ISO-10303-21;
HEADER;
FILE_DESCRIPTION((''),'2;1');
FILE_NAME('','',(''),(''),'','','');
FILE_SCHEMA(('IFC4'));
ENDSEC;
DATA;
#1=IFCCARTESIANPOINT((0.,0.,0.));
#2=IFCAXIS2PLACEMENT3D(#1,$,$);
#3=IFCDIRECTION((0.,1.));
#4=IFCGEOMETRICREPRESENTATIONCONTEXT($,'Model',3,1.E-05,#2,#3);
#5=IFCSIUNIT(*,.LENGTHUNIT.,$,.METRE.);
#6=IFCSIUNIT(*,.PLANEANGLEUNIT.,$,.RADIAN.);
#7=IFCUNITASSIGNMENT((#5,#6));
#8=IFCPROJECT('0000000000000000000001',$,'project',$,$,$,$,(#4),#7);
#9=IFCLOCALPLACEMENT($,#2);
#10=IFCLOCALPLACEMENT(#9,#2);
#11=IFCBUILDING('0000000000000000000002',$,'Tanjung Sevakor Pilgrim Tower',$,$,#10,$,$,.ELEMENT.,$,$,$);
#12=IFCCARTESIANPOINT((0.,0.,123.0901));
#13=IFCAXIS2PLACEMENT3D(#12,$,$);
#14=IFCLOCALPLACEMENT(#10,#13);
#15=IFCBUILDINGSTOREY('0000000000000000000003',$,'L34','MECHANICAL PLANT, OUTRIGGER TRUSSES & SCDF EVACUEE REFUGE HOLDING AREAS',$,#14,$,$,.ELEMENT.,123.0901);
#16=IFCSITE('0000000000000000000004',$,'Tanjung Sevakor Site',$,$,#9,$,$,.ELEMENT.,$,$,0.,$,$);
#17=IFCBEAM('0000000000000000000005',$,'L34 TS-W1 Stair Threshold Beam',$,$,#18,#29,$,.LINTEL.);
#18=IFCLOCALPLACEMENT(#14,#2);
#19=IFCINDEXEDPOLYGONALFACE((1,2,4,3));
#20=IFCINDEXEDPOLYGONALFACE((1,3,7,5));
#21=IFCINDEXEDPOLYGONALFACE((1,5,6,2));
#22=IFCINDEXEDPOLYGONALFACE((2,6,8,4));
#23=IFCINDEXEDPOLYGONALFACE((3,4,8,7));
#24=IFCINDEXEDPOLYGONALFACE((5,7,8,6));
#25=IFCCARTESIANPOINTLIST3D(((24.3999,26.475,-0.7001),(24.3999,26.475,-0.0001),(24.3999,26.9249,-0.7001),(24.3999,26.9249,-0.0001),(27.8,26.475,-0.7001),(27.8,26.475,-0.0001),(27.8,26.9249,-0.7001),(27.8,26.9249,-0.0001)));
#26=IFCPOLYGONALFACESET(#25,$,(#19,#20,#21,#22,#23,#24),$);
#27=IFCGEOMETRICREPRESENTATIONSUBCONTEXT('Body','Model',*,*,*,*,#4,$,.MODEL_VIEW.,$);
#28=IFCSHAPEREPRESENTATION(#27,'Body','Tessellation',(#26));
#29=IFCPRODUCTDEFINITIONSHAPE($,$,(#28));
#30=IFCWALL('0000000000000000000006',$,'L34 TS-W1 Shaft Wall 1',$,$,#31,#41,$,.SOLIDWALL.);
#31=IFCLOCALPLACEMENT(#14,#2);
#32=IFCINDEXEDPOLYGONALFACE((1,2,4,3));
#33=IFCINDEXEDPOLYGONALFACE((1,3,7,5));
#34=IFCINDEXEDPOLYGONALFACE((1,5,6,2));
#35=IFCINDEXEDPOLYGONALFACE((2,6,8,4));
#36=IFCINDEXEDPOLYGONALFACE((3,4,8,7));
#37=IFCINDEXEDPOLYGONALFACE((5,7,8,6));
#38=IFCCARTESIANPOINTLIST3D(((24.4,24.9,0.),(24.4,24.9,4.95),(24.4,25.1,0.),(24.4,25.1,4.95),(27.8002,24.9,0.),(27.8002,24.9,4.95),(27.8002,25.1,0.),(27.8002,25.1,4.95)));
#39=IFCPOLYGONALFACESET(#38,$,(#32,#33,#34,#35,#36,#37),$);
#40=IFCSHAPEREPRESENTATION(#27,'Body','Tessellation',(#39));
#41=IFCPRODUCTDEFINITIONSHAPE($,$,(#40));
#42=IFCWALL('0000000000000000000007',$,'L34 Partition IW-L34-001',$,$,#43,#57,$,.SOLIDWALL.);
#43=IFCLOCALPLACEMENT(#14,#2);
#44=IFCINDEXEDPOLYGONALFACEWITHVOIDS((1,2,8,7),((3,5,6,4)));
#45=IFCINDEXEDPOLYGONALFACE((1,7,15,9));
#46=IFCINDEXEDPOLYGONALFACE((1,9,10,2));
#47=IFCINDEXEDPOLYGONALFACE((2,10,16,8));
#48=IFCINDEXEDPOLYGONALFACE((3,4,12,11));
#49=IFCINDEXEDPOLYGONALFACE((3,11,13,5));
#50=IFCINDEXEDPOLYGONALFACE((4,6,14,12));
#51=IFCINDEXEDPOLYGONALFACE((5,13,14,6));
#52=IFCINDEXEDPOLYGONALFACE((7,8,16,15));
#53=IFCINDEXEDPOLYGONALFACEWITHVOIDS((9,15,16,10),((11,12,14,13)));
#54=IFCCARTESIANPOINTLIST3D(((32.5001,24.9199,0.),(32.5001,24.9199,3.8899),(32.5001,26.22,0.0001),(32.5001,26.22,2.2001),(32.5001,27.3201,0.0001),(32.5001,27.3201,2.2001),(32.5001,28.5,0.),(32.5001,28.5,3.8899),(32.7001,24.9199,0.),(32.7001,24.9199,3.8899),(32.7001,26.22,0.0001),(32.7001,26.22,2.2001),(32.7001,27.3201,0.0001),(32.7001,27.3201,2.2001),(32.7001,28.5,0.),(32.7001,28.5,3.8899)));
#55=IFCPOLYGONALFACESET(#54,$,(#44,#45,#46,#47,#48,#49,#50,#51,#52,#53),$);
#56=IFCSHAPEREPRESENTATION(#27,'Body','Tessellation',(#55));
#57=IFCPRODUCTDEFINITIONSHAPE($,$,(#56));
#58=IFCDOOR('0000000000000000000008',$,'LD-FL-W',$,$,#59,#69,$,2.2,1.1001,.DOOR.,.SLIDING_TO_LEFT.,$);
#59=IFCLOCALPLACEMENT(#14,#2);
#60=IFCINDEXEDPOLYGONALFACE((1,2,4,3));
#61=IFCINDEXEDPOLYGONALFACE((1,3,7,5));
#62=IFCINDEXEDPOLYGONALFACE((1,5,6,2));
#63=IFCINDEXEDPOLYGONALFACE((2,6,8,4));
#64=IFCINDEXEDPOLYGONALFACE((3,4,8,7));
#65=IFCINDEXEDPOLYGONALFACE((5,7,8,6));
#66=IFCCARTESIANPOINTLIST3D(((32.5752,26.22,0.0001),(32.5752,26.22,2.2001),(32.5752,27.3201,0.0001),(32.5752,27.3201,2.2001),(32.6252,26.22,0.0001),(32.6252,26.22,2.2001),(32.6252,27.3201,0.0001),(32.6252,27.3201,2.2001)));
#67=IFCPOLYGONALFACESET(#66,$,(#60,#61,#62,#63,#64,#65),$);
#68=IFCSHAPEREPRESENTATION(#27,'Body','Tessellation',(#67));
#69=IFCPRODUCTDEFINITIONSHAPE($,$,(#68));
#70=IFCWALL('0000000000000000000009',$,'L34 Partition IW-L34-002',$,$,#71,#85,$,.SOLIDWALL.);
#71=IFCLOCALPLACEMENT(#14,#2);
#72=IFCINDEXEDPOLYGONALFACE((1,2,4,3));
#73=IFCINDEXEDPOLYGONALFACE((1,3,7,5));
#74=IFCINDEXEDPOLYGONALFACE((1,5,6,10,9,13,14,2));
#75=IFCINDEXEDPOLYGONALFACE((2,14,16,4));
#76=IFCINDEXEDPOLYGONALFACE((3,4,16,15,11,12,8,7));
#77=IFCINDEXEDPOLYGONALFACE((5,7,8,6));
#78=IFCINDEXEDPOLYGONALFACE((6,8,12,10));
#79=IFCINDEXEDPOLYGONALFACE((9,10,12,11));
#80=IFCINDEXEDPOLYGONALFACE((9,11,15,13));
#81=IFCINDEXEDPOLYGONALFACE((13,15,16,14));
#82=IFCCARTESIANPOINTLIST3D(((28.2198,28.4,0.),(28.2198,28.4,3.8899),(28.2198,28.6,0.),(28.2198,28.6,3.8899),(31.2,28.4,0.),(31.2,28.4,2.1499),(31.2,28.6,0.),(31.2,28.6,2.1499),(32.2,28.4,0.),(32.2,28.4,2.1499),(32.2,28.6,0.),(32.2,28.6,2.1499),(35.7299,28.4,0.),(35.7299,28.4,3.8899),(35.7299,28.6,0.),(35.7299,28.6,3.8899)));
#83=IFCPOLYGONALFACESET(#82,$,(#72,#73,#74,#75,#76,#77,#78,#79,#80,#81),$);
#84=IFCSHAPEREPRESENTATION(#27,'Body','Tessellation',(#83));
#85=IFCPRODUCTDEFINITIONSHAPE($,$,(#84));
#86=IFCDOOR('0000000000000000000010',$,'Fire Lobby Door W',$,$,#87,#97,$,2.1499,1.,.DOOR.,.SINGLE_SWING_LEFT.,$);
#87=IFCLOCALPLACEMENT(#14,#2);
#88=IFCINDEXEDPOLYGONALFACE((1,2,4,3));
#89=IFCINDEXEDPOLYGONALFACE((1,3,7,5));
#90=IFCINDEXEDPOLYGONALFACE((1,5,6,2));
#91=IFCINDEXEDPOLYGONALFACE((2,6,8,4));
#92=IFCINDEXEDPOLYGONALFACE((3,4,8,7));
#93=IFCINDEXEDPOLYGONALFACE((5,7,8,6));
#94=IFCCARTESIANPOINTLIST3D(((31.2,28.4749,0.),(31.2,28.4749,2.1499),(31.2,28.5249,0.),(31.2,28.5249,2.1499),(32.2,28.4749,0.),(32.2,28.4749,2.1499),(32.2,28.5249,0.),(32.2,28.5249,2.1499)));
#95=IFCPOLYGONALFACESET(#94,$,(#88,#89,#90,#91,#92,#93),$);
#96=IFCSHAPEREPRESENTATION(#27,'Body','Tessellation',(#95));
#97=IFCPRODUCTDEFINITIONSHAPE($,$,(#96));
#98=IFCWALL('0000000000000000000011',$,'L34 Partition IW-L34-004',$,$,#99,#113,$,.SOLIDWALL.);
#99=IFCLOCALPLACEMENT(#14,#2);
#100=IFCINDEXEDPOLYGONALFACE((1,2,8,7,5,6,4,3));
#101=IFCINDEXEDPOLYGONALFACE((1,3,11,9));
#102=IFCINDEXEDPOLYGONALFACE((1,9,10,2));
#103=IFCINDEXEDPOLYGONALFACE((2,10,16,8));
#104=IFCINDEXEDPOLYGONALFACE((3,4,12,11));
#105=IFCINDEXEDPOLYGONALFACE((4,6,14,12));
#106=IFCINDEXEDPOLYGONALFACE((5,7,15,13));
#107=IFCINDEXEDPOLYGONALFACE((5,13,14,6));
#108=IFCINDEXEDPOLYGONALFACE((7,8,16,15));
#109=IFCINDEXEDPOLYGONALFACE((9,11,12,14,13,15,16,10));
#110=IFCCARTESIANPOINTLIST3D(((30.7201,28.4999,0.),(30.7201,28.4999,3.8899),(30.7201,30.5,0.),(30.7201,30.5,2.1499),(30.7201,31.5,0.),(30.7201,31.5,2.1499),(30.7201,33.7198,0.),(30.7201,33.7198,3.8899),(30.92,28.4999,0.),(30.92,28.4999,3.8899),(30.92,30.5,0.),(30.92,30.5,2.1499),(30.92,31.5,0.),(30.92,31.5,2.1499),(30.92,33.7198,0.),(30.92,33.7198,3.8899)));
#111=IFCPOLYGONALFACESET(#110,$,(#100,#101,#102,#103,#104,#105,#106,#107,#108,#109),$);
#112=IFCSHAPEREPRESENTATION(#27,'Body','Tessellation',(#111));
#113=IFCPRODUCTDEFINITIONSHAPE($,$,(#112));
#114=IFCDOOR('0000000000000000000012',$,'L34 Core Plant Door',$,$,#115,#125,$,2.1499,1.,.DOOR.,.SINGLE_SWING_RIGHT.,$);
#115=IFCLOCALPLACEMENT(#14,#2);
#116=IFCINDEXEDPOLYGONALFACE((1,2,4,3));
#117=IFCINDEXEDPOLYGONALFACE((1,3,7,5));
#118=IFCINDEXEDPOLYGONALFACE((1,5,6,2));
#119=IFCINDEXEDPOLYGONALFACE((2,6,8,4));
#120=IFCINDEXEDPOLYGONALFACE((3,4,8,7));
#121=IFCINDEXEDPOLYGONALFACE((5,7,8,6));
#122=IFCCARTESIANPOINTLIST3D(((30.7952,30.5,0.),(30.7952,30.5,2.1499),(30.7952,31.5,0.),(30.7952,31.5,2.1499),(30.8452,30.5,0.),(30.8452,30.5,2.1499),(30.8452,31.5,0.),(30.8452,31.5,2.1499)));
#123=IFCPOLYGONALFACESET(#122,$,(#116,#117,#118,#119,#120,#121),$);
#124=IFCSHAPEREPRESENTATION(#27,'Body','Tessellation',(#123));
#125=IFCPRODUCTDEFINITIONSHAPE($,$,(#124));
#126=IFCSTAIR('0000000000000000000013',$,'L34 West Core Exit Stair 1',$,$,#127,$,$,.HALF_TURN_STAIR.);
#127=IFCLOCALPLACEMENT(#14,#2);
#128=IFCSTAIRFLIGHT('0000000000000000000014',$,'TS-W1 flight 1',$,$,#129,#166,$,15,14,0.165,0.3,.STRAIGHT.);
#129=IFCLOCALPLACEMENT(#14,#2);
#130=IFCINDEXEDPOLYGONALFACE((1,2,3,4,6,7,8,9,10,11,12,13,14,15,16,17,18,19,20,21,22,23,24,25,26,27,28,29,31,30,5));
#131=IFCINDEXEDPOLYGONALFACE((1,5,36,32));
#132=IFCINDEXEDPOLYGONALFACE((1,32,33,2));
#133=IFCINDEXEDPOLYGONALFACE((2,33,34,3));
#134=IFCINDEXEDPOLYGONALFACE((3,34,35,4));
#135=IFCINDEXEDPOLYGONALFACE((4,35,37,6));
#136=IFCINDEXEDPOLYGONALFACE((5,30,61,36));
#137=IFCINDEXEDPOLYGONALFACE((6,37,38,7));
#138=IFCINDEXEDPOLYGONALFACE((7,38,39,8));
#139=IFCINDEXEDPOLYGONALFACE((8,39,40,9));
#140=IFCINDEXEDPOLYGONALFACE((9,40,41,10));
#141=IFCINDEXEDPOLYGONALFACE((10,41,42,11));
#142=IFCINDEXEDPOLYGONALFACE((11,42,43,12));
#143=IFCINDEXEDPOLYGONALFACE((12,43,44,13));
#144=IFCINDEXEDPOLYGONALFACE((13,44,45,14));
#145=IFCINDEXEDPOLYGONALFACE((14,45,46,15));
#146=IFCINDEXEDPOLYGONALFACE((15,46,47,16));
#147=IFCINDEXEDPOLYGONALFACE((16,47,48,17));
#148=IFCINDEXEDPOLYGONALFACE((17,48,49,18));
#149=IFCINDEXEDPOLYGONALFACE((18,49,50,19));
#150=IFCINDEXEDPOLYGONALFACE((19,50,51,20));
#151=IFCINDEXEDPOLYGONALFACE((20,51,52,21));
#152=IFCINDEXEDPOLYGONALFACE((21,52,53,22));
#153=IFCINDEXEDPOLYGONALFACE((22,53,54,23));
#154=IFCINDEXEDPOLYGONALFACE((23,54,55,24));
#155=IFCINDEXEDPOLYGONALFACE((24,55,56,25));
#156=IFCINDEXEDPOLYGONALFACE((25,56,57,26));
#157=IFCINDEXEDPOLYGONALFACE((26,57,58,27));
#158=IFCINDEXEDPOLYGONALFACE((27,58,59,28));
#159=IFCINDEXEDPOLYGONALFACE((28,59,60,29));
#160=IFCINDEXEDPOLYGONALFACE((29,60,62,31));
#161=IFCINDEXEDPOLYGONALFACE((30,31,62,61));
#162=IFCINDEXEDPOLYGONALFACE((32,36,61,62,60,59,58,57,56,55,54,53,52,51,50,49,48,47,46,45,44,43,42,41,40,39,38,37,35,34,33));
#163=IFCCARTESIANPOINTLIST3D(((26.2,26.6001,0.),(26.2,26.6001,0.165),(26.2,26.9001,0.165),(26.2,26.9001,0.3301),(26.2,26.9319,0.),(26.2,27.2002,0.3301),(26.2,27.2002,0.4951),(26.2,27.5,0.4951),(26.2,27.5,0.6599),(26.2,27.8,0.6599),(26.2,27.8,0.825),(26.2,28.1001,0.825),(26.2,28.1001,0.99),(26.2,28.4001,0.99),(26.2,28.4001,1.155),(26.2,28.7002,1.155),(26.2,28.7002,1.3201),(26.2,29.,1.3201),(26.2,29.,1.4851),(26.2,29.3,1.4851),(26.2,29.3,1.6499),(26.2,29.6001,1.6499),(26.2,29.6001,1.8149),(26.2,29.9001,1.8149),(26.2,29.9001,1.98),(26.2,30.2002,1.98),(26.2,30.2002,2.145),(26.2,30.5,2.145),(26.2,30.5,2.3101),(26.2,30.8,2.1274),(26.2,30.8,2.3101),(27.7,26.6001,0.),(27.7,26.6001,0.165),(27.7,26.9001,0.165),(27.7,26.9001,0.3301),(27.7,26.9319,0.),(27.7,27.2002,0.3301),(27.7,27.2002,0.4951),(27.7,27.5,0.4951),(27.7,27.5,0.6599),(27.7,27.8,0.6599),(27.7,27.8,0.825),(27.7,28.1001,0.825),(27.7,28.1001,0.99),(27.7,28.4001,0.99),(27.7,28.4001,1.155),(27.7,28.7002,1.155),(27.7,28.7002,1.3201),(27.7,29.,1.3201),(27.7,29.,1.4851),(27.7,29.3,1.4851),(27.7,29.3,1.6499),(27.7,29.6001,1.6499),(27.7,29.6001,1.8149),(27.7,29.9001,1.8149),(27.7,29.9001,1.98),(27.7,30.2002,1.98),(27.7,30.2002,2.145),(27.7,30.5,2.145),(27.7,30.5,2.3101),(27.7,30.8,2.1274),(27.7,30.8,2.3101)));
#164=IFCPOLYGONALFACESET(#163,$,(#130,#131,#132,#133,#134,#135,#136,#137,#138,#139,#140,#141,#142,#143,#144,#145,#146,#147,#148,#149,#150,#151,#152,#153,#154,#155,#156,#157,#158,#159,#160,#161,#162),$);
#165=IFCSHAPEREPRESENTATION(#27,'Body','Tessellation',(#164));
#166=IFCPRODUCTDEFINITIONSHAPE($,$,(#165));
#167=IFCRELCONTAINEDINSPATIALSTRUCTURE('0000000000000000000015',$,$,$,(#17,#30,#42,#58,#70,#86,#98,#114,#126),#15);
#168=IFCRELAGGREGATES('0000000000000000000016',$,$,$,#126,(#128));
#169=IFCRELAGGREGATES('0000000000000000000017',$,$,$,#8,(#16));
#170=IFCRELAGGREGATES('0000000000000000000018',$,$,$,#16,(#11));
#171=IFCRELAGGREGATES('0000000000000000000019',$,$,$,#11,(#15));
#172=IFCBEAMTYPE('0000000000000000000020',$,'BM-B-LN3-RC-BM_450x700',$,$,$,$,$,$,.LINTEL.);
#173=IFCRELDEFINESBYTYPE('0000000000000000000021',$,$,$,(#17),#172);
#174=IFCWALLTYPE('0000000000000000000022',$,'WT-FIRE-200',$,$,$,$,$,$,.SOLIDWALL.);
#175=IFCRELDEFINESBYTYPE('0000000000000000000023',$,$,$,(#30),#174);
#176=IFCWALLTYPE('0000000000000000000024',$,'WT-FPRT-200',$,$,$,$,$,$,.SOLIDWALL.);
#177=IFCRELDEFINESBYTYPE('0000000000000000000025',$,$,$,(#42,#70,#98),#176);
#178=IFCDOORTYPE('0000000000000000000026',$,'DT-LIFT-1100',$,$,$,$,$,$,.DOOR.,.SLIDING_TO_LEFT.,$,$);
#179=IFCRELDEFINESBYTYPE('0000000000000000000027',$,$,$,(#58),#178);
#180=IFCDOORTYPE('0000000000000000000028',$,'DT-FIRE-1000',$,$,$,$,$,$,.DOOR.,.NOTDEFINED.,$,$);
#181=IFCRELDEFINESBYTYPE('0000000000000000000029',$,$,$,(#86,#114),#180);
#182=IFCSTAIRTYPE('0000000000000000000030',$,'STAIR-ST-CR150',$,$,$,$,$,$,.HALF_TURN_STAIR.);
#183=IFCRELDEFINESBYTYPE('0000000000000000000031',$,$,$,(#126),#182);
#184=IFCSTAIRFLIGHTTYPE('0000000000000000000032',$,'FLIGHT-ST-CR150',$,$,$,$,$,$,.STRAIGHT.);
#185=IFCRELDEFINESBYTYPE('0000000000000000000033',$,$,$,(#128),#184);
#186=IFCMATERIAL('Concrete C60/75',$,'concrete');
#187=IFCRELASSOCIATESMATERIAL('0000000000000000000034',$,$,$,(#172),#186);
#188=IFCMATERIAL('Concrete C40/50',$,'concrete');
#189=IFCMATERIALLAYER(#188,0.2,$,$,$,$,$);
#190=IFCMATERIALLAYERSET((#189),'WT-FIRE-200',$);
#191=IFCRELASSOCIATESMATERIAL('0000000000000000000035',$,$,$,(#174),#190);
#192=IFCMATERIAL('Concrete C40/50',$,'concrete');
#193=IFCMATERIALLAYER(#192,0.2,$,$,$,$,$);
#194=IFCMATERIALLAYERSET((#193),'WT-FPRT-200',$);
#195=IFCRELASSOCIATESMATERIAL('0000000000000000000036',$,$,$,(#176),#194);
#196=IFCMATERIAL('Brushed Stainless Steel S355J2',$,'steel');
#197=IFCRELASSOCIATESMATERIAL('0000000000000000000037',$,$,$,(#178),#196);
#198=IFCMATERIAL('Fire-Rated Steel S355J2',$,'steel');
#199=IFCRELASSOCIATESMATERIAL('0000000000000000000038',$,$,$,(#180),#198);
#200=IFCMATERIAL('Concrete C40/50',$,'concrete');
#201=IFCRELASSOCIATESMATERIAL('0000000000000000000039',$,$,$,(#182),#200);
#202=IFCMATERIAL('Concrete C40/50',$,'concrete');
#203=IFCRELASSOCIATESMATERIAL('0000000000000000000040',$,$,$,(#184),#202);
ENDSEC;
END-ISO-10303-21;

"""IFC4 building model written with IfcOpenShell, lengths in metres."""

from ifc_helpers import new_model, si_unit, direction, frame, frame_2d, origin, origin_2d, place, context, subcontext, project, spatial, polyline, rectangle, outline, extrude, material, layer, layer_set, material_profile, profile_set, type_object, element, fill, aggregate, save


model = new_model("IFC4")

# Units and contexts
model_context = context("Model", 3, precision=1e-05, world=origin(), true_north=direction((0.0, 1.0)))
body_context = subcontext(model_context, "Body", "Model", "MODEL_VIEW")
ifc_project = project(units=[si_unit("LENGTHUNIT", "METRE"), si_unit("PLANEANGLEUNIT", "RADIAN")], contexts=[model_context])

# Site, building, storey
site_placement = place(None, origin())
site = spatial("IfcSite", under=ifc_project, at=site_placement, Name="Tanjung Sevakor Site", CompositionType="ELEMENT", RefElevation=0.0)
building_placement = place(site_placement, origin())
building = spatial("IfcBuilding", under=site, at=building_placement, Name="Tanjung Sevakor Pilgrim Tower", CompositionType="ELEMENT")
storey_placement = place(building_placement, frame((0.0, 0.0, 123.0901)))
storey = spatial("IfcBuildingStorey", under=building, at=storey_placement, Name="L34", Description="MECHANICAL PLANT, OUTRIGGER TRUSSES & SCDF EVACUEE REFUGE HOLDING AREAS", CompositionType="ELEMENT", Elevation=123.0901)

# Beam
ifc_material_1 = material(Name="Concrete C60/75", Category="concrete")
ifc_material_profile = material_profile(ifc_material_1, rectangle(XDim=0.45, YDim=0.7, at=origin_2d()))
ifc_profile_set = profile_set([ifc_material_profile], Name="Concrete C60/75")
beam_type = type_object("IfcBeamType", Name="BM-B-LN3-RC-BM_450x700", PredefinedType="LINTEL", material=ifc_profile_set)
beam_placement = place(storey_placement, frame((24.3999, 26.7, -0.3501), z_axis=(1.0, 0.0, 0.0), x_axis=(0.0, 1.0, 0.0)))
element("IfcBeam", 1, at=beam_placement, inside=storey, type_object=beam_type, Name="L34 TS-W1 Stair Threshold Beam", PredefinedType="LINTEL", context=body_context, shape_type="SweptSolid", body=[
    extrude(rectangle(XDim=0.45, YDim=0.7, at=origin_2d()), origin(), (0.0, 0.0, 1.0), 3.4001),
])

# Wall
ifc_material_2 = material(Name="Concrete C40/50", Category="concrete")
ifc_layer_1 = layer(ifc_material_2, 0.2)
ifc_layer_set_1 = layer_set([ifc_layer_1], Name="WT-FIRE-200")
wall_type_1 = type_object("IfcWallType", Name="WT-FIRE-200", PredefinedType="SOLIDWALL", material=ifc_layer_set_1)
wall_1_placement = place(storey_placement, frame((24.3999, 25.0, 0.0), z_axis=(0.0, 0.0, 1.0), x_axis=(1.0, 0.0, 0.0)))
element("IfcWall", 2, at=wall_1_placement, inside=storey, type_object=wall_type_1, Name="L34 TS-W1 Shaft Wall 1", PredefinedType="SOLIDWALL", context=body_context, shape_type="SweptSolid", body=[
    extrude(rectangle(XDim=3.4001, YDim=0.2, at=frame_2d((1.7002, 0.0))), origin(), (0.0, 0.0, 1.0), 4.95),
])

# Walls, openings, doors
ifc_material_3 = material(Name="Concrete C40/50", Category="concrete")
ifc_layer_2 = layer(ifc_material_3, 0.2)
ifc_layer_set_2 = layer_set([ifc_layer_2], Name="WT-FPRT-200")
wall_type_2 = type_object("IfcWallType", Name="WT-FPRT-200", PredefinedType="SOLIDWALL", material=ifc_layer_set_2)
wall_2_placement = place(storey_placement, frame((32.6001, 24.9199, 0.0), z_axis=(0.0, 0.0, 1.0), x_axis=(0.0, 1.0, 0.0)))
wall_2 = element("IfcWall", 3, at=wall_2_placement, inside=storey, type_object=wall_type_2, Name="L34 Partition IW-L34-001", PredefinedType="SOLIDWALL", context=body_context, shape_type="SweptSolid", body=[
    extrude(rectangle(XDim=3.5801, YDim=0.2, at=frame_2d((1.79, 0.0))), origin(), (0.0, 0.0, 1.0), 3.8899),
])
opening_1_placement = place(wall_2_placement, frame((1.3, 0.0, 0.0)))
opening_1 = element("IfcOpeningElement", 4, at=opening_1_placement, cuts=wall_2, PredefinedType="OPENING", context=body_context, shape_type="SweptSolid", body=[
    extrude(rectangle(XDim=1.1001, YDim=2.2, at=frame_2d((0.55, 1.1001))), frame((0.0, 0.1099, 0.0), z_axis=(0.0, -1.0, 0.0), x_axis=(1.0, 0.0, 0.0)), (0.0, 0.0, 1.0), 0.22),
])
ifc_material_4 = material(Name="Brushed Stainless Steel S355J2", Category="steel")
door_type_1 = type_object("IfcDoorType", Name="DT-LIFT-1100", OperationType="SLIDING_TO_LEFT", PredefinedType="DOOR", material=ifc_material_4)
door_1_placement = place(opening_1_placement, origin())
door_1 = element("IfcDoor", 5, at=door_1_placement, inside=storey, type_object=door_type_1, Name="LD-FL-W", OperationType="SLIDING_TO_LEFT", OverallHeight=2.2, OverallWidth=1.1001, PredefinedType="DOOR", context=body_context, shape_type="SweptSolid", body=[
    extrude(rectangle(XDim=1.1001, YDim=2.2, at=frame_2d((0.55, 1.1001))), frame((0.0, 0.0249, 0.0), z_axis=(0.0, -1.0, 0.0), x_axis=(1.0, 0.0, 0.0)), (0.0, 0.0, 1.0), 0.05),
])
fill(opening_1, door_1)
wall_3_placement = place(storey_placement, frame((28.22, 28.5, 0.0), z_axis=(0.0, 0.0, 1.0), x_axis=(1.0, 0.0, 0.0)))
wall_3 = element("IfcWall", 6, at=wall_3_placement, inside=storey, type_object=wall_type_2, Name="L34 Partition IW-L34-002", PredefinedType="SOLIDWALL", context=body_context, shape_type="SweptSolid", body=[
    extrude(rectangle(XDim=7.51, YDim=0.2, at=frame_2d((3.7549, 0.0))), origin(), (0.0, 0.0, 1.0), 3.8899),
])
opening_2_placement = place(wall_3_placement, frame((2.98, 0.0, 0.0)))
opening_2 = element("IfcOpeningElement", 7, at=opening_2_placement, cuts=wall_3, PredefinedType="OPENING", context=body_context, shape_type="SweptSolid", body=[
    extrude(rectangle(XDim=1.0, YDim=2.1499, at=frame_2d((0.5, 1.075))), frame((0.0, 0.1099, 0.0), z_axis=(0.0, -1.0, 0.0), x_axis=(1.0, 0.0, 0.0)), (0.0, 0.0, 1.0), 0.22),
])
ifc_material_5 = material(Name="Fire-Rated Steel S355J2", Category="steel")
door_type_2 = type_object("IfcDoorType", Name="DT-FIRE-1000", OperationType="NOTDEFINED", PredefinedType="DOOR", material=ifc_material_5)
door_2_placement = place(opening_2_placement, origin())
door_2 = element("IfcDoor", 8, at=door_2_placement, inside=storey, type_object=door_type_2, Name="Fire Lobby Door W", OperationType="SINGLE_SWING_LEFT", OverallHeight=2.1499, OverallWidth=1.0, PredefinedType="DOOR", context=body_context, shape_type="SweptSolid", body=[
    extrude(rectangle(XDim=1.0, YDim=2.1499, at=frame_2d((0.5, 1.075))), frame((0.0, 0.0249, 0.0), z_axis=(0.0, -1.0, 0.0), x_axis=(1.0, 0.0, 0.0)), (0.0, 0.0, 1.0), 0.05),
])
fill(opening_2, door_2)
wall_4_placement = place(storey_placement, frame((30.8201, 28.5, 0.0), z_axis=(0.0, 0.0, 1.0), x_axis=(0.0, 1.0, 0.0)))
wall_4 = element("IfcWall", 9, at=wall_4_placement, inside=storey, type_object=wall_type_2, Name="L34 Partition IW-L34-004", PredefinedType="SOLIDWALL", context=body_context, shape_type="SweptSolid", body=[
    extrude(rectangle(XDim=5.22, YDim=0.2, at=frame_2d((2.6099, 0.0))), origin(), (0.0, 0.0, 1.0), 3.8899),
])
opening_3_placement = place(wall_4_placement, frame((2.0, 0.0, 0.0)))
opening_3 = element("IfcOpeningElement", 10, at=opening_3_placement, cuts=wall_4, PredefinedType="OPENING", context=body_context, shape_type="SweptSolid", body=[
    extrude(rectangle(XDim=1.0, YDim=2.1499, at=frame_2d((0.5, 1.075))), frame((0.0, 0.1099, 0.0), z_axis=(0.0, -1.0, 0.0), x_axis=(1.0, 0.0, 0.0)), (0.0, 0.0, 1.0), 0.22),
])
door_3_placement = place(opening_3_placement, origin())
door_3 = element("IfcDoor", 11, at=door_3_placement, inside=storey, type_object=door_type_2, Name="L34 Core Plant Door", OperationType="SINGLE_SWING_RIGHT", OverallHeight=2.1499, OverallWidth=1.0, PredefinedType="DOOR", context=body_context, shape_type="SweptSolid", body=[
    extrude(rectangle(XDim=1.0, YDim=2.1499, at=frame_2d((0.5, 1.075))), frame((0.0, 0.0249, 0.0), z_axis=(0.0, -1.0, 0.0), x_axis=(1.0, 0.0, 0.0)), (0.0, 0.0, 1.0), 0.05),
])
fill(opening_3, door_3)

# Stair, stair flight
ifc_material_6 = material(Name="Concrete C40/50", Category="concrete")
stair_type = type_object("IfcStairType", Name="STAIR-ST-CR150", PredefinedType="HALF_TURN_STAIR", material=ifc_material_6)
stair_placement = place(storey_placement, origin())
stair = element("IfcStair", 12, at=stair_placement, inside=storey, type_object=stair_type, Name="L34 West Core Exit Stair 1", PredefinedType="HALF_TURN_STAIR")
ifc_material_7 = material(Name="Concrete C40/50", Category="concrete")
stair_flight_type = type_object("IfcStairFlightType", Name="FLIGHT-ST-CR150", PredefinedType="STRAIGHT", material=ifc_material_7)
stair_flight_1_placement = place(storey_placement, frame((26.95, 26.6001, 0.0), z_axis=(0.0, 0.0, 1.0), x_axis=(0.0, 1.0, 0.0)))
stair_flight_1 = element("IfcStairFlight", 13, at=stair_flight_1_placement, type_object=stair_flight_type, Name="TS-W1 flight 1", NumberOfRisers=15, NumberOfTreads=14, PredefinedType="STRAIGHT", RiserHeight=0.165, TreadLength=0.3, context=body_context, shape_type="SweptSolid", body=[
    extrude(outline(polyline([(0.0, 0.0), (0.0, 0.165), (0.3, 0.165), (0.3, 0.3301), (0.6001, 0.3301), (0.6001, 0.4951), (0.8999, 0.4951), (0.8999, 0.6599), (1.2, 0.6599), (1.2, 0.825), (1.5, 0.825), (1.5, 0.99), (1.8, 0.99), (1.8, 1.155), (2.1001, 1.155), (2.1001, 1.3201), (2.3999, 1.3201), (2.3999, 1.4851), (2.7, 1.4851), (2.7, 1.6499), (3.0, 1.6499), (3.0, 1.8149), (3.3, 1.8149), (3.3, 1.98), (3.6001, 1.98), (3.6001, 2.145), (3.8999, 2.145), (3.8999, 2.3101), (4.2, 2.3101), (4.2, 2.4751), (4.2, 2.1274), (0.3318, 0.0), (0.0, 0.0)])), frame((0.0, 0.75, 0.0), z_axis=(0.0, -1.0, 0.0), x_axis=(1.0, 0.0, 0.0)), (0.0, 0.0, 1.0), 1.5),
])
aggregate(stair, [stair_flight_1])

save(model, "model.ifc")
